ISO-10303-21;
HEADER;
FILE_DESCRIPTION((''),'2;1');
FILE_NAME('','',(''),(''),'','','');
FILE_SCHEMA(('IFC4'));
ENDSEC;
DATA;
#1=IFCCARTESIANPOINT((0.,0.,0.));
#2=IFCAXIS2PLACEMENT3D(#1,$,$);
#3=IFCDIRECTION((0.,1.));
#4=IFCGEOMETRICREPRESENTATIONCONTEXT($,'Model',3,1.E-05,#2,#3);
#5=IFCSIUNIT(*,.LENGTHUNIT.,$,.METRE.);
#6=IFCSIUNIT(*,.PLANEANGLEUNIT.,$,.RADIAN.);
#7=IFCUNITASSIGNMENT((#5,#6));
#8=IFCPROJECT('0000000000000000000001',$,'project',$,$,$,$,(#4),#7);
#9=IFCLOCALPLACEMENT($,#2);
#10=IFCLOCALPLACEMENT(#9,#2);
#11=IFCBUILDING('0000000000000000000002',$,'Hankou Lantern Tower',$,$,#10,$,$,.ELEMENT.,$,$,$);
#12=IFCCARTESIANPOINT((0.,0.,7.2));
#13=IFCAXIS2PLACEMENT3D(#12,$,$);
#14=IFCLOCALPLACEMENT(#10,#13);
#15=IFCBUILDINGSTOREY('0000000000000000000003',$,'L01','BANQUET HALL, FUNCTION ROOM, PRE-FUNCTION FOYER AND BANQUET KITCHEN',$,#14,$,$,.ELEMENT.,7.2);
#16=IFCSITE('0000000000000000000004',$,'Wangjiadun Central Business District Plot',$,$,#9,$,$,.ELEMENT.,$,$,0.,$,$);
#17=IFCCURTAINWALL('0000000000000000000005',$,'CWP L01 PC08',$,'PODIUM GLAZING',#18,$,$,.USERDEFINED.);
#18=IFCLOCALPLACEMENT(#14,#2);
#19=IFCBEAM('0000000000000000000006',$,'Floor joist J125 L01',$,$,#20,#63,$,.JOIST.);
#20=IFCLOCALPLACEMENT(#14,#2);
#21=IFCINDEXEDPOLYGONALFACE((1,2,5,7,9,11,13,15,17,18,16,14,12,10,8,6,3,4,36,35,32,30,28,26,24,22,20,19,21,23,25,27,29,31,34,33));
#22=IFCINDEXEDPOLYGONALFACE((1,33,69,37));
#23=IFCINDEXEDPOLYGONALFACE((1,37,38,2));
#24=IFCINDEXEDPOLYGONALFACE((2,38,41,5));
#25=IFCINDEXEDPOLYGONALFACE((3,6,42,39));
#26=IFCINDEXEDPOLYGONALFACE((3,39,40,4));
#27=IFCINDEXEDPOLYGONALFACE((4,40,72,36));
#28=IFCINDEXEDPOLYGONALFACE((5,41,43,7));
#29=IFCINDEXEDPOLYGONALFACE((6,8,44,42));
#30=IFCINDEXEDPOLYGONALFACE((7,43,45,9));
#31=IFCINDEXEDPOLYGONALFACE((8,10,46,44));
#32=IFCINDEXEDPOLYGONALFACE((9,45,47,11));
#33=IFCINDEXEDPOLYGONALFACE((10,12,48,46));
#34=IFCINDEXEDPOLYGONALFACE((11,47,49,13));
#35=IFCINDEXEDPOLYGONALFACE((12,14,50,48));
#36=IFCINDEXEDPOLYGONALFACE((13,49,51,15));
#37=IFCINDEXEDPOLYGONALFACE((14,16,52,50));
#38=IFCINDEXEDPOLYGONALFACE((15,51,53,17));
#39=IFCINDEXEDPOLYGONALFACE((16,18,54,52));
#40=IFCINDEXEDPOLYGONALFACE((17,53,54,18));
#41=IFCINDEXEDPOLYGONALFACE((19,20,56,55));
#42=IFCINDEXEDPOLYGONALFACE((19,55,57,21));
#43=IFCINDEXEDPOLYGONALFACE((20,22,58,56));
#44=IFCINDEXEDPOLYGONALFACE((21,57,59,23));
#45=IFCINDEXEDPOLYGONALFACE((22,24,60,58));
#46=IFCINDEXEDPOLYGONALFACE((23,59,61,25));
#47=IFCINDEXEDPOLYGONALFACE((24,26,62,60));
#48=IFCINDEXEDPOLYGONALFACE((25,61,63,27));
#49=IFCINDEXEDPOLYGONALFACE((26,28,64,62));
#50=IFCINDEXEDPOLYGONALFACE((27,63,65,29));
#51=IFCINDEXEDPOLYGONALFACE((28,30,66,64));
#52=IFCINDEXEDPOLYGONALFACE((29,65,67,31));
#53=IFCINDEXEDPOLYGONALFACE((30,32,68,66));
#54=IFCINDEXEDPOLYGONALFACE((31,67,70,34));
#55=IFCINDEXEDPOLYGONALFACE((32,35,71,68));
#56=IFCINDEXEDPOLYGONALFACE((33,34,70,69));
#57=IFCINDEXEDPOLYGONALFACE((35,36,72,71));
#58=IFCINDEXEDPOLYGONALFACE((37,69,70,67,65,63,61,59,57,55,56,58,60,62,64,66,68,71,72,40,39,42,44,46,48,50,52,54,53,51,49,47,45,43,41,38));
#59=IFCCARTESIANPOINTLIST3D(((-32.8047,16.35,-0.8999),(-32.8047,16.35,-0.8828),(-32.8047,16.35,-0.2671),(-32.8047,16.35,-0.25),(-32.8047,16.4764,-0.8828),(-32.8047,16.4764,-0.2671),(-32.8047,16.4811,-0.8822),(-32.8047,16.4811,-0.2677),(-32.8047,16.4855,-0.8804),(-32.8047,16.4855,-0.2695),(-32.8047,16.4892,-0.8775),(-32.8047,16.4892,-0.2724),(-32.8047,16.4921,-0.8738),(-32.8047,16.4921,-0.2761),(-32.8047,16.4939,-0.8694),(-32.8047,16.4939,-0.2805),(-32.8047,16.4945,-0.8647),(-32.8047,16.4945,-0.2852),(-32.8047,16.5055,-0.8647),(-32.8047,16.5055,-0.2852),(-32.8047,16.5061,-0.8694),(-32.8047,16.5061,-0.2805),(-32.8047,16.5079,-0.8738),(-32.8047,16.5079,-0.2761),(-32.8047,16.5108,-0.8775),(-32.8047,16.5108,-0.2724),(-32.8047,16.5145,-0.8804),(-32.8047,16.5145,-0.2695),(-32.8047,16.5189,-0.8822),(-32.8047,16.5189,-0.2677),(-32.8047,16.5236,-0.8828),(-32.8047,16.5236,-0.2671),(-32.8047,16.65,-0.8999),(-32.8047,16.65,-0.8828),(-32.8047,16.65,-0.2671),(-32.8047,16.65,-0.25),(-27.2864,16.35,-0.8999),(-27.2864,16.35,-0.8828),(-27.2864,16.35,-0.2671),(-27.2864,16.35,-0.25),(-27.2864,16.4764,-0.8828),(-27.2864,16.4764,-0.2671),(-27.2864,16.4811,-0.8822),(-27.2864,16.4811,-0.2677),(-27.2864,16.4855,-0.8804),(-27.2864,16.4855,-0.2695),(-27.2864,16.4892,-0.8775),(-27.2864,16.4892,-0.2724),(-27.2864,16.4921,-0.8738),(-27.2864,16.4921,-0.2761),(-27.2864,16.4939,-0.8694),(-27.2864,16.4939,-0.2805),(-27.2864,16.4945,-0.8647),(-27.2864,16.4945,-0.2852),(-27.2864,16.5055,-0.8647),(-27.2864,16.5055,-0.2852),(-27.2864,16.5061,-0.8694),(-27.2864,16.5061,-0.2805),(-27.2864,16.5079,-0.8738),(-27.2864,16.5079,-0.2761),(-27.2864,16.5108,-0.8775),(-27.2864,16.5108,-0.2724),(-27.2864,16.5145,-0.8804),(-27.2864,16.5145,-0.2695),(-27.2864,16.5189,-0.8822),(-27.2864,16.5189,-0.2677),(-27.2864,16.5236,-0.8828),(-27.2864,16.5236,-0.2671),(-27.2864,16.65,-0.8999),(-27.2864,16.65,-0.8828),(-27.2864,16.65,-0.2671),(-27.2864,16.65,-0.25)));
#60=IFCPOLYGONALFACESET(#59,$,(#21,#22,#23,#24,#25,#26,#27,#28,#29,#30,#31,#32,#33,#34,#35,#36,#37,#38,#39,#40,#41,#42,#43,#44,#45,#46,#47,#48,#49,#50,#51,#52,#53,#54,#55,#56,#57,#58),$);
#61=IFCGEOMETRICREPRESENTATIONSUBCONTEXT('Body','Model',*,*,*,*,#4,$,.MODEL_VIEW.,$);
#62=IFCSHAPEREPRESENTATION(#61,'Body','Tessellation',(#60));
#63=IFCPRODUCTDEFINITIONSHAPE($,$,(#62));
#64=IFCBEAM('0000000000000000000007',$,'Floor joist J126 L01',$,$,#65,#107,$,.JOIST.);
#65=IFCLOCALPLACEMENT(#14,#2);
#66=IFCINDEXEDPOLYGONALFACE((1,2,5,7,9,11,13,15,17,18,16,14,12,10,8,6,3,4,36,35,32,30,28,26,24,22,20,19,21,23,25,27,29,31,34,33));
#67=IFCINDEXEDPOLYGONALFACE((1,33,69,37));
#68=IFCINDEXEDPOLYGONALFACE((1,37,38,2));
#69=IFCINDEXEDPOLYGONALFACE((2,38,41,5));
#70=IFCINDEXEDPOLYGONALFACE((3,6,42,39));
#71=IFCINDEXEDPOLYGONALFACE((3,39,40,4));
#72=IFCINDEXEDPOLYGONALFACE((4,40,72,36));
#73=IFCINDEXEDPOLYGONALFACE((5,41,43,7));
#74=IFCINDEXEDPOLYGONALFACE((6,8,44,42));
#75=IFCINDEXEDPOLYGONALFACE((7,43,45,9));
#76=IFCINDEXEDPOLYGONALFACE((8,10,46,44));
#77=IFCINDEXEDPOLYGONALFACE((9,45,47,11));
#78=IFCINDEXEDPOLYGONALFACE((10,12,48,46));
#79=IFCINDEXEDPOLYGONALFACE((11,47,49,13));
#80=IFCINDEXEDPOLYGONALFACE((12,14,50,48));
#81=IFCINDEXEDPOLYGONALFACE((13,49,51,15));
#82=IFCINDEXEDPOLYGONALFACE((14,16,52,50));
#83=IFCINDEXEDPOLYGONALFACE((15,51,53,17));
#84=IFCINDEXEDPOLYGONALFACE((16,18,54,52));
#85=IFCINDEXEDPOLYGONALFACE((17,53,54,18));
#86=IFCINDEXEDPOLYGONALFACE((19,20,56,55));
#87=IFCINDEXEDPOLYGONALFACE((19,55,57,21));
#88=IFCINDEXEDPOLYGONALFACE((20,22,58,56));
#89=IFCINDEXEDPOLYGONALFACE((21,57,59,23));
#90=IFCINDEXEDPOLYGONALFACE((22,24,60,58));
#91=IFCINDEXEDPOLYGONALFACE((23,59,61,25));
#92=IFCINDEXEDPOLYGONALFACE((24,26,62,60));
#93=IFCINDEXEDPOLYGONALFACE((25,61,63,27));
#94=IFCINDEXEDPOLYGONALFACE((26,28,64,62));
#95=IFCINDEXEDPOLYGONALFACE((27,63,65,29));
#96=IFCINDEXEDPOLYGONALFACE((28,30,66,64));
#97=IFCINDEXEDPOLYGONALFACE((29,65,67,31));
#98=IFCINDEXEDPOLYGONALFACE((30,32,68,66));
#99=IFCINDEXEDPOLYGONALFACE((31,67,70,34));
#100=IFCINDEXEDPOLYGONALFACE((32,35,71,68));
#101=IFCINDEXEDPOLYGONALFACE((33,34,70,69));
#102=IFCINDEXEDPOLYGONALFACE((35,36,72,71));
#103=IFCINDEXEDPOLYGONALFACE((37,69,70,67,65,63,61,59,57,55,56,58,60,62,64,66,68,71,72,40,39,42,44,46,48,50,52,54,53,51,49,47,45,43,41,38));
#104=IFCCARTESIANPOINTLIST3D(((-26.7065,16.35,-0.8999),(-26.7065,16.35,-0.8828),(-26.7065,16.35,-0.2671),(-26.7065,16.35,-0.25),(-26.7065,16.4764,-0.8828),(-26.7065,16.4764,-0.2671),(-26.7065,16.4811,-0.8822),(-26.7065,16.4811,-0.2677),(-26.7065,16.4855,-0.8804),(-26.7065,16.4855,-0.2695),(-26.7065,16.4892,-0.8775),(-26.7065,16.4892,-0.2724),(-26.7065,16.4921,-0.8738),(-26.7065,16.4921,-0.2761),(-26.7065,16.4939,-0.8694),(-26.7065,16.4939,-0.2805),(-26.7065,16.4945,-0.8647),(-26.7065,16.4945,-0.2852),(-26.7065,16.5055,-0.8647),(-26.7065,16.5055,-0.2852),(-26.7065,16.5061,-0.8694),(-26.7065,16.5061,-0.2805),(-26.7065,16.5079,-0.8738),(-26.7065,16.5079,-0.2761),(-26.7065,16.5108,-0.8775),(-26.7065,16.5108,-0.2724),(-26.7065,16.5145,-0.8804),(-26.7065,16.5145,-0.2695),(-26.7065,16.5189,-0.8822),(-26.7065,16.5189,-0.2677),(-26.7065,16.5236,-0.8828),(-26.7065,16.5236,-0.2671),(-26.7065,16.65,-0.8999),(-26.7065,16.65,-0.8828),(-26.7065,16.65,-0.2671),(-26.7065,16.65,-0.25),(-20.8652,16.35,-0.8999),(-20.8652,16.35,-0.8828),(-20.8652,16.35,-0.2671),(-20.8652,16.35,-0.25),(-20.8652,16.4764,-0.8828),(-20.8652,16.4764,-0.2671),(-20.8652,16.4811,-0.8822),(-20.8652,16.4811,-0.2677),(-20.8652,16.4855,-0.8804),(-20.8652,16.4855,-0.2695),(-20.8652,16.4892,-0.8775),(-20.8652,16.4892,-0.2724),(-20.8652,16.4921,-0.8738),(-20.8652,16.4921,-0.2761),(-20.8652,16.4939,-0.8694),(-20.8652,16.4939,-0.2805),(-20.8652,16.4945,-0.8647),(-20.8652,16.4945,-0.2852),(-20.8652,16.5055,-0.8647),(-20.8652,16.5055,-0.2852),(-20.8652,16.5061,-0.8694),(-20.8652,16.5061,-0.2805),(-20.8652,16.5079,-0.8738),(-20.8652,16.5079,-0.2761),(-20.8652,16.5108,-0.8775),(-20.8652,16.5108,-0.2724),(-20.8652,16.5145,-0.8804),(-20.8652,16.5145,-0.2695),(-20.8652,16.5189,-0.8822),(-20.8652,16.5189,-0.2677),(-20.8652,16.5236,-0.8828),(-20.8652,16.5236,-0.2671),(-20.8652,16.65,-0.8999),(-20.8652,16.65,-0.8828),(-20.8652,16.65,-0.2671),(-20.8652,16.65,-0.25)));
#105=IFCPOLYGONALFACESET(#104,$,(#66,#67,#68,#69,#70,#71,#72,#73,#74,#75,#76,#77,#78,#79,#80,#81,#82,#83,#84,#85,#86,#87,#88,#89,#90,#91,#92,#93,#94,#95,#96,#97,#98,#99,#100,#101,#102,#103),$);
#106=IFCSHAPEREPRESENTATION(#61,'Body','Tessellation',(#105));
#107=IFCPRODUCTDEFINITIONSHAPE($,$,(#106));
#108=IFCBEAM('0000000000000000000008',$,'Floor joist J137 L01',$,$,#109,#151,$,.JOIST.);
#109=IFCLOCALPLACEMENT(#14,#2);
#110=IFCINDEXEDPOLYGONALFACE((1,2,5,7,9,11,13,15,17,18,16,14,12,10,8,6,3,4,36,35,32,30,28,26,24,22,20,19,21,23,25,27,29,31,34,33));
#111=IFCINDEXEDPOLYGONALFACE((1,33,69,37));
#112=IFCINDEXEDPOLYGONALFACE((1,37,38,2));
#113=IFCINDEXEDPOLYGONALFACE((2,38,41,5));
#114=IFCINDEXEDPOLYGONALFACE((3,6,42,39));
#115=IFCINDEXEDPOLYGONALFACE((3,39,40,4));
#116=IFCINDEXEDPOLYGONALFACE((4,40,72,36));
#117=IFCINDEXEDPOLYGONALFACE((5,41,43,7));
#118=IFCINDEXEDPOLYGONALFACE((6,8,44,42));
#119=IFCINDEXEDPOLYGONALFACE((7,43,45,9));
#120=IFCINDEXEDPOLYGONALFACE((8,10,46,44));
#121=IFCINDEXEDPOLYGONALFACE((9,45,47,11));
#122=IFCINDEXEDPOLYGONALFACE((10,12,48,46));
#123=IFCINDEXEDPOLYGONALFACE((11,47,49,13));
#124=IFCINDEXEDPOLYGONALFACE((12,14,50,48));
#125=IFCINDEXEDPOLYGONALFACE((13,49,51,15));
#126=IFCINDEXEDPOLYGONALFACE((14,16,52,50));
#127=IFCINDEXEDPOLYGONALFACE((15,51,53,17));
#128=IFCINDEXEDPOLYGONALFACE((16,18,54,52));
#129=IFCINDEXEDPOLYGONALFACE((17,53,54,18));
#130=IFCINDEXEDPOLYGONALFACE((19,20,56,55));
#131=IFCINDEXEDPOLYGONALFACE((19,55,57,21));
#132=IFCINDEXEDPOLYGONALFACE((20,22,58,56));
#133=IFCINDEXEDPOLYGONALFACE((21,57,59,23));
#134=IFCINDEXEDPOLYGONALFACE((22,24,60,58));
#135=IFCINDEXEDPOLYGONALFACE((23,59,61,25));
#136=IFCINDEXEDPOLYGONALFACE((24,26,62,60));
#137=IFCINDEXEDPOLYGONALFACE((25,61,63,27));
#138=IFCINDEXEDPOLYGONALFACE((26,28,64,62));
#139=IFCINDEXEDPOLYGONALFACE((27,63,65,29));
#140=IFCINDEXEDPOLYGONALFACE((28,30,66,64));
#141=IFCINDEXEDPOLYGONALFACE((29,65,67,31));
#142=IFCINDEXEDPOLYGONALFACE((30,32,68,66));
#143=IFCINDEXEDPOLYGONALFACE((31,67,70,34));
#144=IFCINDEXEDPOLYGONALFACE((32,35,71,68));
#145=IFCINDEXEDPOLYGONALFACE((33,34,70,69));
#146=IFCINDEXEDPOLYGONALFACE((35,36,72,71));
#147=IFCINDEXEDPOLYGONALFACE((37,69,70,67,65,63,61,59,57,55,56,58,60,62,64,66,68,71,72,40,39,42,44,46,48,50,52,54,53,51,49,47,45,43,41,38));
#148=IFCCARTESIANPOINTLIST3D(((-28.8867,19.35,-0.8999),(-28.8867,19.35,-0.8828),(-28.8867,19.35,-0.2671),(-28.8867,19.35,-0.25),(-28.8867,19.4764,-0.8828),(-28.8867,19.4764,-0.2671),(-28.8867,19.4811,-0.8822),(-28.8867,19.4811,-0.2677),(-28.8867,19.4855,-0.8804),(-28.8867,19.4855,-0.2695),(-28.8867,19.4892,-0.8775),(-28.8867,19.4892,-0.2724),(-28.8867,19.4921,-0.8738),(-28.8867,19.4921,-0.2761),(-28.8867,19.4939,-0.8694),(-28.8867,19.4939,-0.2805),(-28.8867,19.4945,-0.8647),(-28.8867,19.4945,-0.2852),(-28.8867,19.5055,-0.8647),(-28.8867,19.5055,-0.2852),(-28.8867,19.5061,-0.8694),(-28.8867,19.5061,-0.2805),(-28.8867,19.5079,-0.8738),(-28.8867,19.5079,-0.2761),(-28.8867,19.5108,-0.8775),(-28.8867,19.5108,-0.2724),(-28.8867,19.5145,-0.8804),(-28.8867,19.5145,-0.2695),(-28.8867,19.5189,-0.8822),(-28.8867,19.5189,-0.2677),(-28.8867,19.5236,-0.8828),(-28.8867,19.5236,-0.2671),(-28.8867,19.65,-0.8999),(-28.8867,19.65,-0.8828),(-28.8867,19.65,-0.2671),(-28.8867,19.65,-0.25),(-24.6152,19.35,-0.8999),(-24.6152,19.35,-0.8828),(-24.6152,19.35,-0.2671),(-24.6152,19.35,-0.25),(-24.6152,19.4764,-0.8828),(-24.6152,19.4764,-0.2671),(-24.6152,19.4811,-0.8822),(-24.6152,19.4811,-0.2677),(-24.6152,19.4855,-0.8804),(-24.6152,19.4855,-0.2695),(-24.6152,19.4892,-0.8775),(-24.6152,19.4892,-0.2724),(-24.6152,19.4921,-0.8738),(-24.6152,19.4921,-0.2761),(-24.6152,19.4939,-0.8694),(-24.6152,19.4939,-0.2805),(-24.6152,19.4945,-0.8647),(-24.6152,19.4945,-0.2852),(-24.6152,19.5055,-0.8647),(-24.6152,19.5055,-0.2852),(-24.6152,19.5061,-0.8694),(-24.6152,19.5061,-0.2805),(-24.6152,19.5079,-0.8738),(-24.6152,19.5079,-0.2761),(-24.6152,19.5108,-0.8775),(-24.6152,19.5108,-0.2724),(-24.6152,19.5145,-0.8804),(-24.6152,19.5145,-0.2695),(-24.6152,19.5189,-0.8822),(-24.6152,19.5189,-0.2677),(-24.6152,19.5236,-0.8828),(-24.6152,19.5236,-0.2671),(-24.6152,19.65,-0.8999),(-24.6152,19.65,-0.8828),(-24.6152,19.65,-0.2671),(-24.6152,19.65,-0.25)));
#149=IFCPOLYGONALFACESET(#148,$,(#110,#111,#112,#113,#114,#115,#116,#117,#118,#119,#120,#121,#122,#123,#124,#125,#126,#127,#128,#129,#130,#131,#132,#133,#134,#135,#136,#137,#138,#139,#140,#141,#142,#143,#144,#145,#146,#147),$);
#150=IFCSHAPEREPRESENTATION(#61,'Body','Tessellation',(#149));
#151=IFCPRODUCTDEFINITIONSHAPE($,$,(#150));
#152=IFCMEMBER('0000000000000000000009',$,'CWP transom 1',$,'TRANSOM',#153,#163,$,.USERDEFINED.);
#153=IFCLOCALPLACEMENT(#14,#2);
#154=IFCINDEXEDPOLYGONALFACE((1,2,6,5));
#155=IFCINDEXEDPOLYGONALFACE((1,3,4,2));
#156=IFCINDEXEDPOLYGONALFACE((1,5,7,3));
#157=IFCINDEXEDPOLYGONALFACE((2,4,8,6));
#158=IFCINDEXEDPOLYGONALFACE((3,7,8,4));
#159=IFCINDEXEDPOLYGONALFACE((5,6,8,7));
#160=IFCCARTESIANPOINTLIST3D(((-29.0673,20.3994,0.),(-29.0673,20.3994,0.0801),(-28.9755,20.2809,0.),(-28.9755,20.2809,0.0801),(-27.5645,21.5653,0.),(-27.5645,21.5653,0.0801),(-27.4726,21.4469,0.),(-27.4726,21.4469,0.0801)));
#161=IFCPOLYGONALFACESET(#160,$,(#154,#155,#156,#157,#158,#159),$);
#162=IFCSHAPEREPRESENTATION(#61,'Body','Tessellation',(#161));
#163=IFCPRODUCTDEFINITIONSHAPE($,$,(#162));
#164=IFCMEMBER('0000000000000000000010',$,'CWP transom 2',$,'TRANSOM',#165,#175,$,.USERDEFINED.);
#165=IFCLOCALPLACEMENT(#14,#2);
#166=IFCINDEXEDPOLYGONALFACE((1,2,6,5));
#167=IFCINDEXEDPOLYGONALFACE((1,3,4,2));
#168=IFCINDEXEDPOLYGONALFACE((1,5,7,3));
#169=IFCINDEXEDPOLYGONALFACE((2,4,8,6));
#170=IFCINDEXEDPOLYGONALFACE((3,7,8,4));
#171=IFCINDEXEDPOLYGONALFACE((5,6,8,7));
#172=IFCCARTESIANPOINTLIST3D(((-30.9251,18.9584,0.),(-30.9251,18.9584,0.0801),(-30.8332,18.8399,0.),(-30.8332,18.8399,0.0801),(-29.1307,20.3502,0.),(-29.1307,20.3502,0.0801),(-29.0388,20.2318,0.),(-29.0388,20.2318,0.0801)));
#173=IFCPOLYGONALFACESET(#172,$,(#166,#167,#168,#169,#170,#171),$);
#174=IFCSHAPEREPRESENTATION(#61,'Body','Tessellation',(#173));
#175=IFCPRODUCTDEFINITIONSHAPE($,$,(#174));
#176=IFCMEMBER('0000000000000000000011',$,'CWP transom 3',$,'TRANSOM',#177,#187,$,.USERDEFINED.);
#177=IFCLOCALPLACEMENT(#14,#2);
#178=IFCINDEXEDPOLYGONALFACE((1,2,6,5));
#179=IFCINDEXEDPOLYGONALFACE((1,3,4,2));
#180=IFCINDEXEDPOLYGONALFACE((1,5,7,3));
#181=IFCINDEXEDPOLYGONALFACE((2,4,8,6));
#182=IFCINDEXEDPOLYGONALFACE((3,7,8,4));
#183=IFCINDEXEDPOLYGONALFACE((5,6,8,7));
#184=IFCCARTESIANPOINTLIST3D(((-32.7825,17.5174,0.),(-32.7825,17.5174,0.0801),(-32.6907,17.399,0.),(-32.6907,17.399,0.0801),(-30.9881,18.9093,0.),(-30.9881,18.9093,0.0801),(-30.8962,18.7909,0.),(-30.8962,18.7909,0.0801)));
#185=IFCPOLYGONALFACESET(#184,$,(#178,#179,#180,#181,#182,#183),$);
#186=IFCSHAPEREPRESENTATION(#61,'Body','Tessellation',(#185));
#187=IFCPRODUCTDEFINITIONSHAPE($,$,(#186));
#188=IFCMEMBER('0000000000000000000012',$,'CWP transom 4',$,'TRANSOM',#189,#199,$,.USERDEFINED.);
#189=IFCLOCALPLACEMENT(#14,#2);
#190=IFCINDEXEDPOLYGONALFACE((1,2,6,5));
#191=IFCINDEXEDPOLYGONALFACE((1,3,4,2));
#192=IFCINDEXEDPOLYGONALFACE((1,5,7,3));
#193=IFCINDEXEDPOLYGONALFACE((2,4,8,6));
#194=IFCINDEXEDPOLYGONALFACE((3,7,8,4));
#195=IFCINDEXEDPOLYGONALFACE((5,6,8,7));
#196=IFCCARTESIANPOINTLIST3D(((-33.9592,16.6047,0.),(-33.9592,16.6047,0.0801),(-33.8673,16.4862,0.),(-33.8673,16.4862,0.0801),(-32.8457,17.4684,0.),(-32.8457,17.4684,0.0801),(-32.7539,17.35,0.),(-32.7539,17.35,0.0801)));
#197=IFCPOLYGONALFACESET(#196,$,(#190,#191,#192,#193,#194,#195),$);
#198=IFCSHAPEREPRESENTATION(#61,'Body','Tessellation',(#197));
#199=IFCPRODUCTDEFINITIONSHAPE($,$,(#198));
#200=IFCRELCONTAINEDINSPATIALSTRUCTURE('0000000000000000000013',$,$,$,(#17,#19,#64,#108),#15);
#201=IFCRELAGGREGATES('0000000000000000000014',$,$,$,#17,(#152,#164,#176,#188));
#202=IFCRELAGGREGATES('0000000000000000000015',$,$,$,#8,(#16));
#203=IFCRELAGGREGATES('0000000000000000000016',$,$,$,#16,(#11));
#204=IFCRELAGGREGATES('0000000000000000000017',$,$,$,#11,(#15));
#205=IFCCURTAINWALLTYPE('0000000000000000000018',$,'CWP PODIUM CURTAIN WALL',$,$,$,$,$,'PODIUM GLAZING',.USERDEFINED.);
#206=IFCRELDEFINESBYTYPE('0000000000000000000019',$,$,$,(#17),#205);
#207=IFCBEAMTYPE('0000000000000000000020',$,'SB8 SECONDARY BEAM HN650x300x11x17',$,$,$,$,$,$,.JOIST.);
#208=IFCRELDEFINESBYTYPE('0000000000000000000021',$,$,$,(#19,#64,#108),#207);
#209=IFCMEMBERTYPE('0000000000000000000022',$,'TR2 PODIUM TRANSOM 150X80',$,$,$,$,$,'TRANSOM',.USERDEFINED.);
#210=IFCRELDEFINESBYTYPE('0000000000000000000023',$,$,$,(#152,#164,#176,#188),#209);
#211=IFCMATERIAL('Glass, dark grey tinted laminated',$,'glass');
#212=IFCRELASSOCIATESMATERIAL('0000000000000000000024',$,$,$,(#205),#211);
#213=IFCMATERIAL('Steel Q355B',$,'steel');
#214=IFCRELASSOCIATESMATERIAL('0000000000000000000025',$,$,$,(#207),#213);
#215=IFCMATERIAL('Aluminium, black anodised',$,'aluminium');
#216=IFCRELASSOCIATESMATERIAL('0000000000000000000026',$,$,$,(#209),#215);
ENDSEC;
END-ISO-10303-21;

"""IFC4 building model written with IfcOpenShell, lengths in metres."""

from ifc_helpers import new_model, si_unit, direction, frame, origin, origin_2d, place, context, subcontext, project, spatial, rectangle, i_section, extrude, material, material_profile, profile_set, type_object, element, aggregate, save


model = new_model("IFC4")

# Units and contexts
model_context = context("Model", 3, precision=1e-05, world=origin(), true_north=direction((0.0, 1.0)))
body_context = subcontext(model_context, "Body", "Model", "MODEL_VIEW")
ifc_project = project(units=[si_unit("LENGTHUNIT", "METRE"), si_unit("PLANEANGLEUNIT", "RADIAN")], contexts=[model_context])

# Site, building, storey
site_placement = place(None, origin())
site = spatial("IfcSite", under=ifc_project, at=site_placement, Name="Wangjiadun Central Business District Plot", CompositionType="ELEMENT", RefElevation=0.0)
building_placement = place(site_placement, origin())
building = spatial("IfcBuilding", under=site, at=building_placement, Name="Hankou Lantern Tower", CompositionType="ELEMENT")
storey_placement = place(building_placement, frame((0.0, 0.0, 7.2)))
storey = spatial("IfcBuildingStorey", under=building, at=storey_placement, Name="L01", Description="BANQUET HALL, FUNCTION ROOM, PRE-FUNCTION FOYER AND BANQUET KITCHEN", CompositionType="ELEMENT", Elevation=7.2)

# Curtain wall
ifc_material_1 = material(Name="Glass, dark grey tinted laminated", Category="glass")
curtain_wall_type = type_object("IfcCurtainWallType", Name="CWP PODIUM CURTAIN WALL", ElementType="PODIUM GLAZING", PredefinedType="USERDEFINED", material=ifc_material_1)
curtain_wall_placement = place(storey_placement, origin())
curtain_wall = element("IfcCurtainWall", 1, at=curtain_wall_placement, inside=storey, type_object=curtain_wall_type, Name="CWP L01 PC08", ObjectType="PODIUM GLAZING", PredefinedType="USERDEFINED")

# Beams
ifc_material_2 = material(Name="Steel Q355B", Category="steel")
ifc_material_profile_1 = material_profile(ifc_material_2, i_section(OverallWidth=0.3, OverallDepth=0.6499, WebThickness=0.011, FlangeThickness=0.0171, FilletRadius=0.0181, at=origin_2d()), Name="HN650x300x11x17")
ifc_profile_set_1 = profile_set([ifc_material_profile_1], Name="Steel Q355B")
beam_type_1 = type_object("IfcBeamType", Name="SB8 SECONDARY BEAM HN650x300x11x17", PredefinedType="JOIST", material=ifc_profile_set_1)
beam_1_placement = place(storey_placement, frame((-32.8047, 16.5, -0.575), z_axis=(1.0, 0.0, 0.0), x_axis=(0.0, 1.0, 0.0)))
element("IfcBeam", 2, at=beam_1_placement, inside=storey, type_object=beam_type_1, Name="Floor joist J125 L01", PredefinedType="JOIST", context=body_context, shape_type="SweptSolid", body=[
    extrude(i_section(OverallWidth=0.3, OverallDepth=0.6499, WebThickness=0.011, FlangeThickness=0.0171, FilletRadius=0.0181, at=origin_2d()), origin(), (0.0, 0.0, 1.0), 5.5183),
])
beam_2_placement = place(storey_placement, frame((-26.7065, 16.5, -0.575), z_axis=(1.0, 0.0, 0.0), x_axis=(0.0, 1.0, 0.0)))
element("IfcBeam", 3, at=beam_2_placement, inside=storey, type_object=beam_type_1, Name="Floor joist J126 L01", PredefinedType="JOIST", context=body_context, shape_type="SweptSolid", body=[
    extrude(i_section(OverallWidth=0.3, OverallDepth=0.6499, WebThickness=0.011, FlangeThickness=0.0171, FilletRadius=0.0181, at=origin_2d()), origin(), (0.0, 0.0, 1.0), 5.8413),
])
beam_3_placement = place(storey_placement, frame((-28.8867, 19.5, -0.575), z_axis=(1.0, 0.0, 0.0), x_axis=(0.0, 1.0, 0.0)))
element("IfcBeam", 4, at=beam_3_placement, inside=storey, type_object=beam_type_1, Name="Floor joist J137 L01", PredefinedType="JOIST", context=body_context, shape_type="SweptSolid", body=[
    extrude(i_section(OverallWidth=0.3, OverallDepth=0.6499, WebThickness=0.011, FlangeThickness=0.0171, FilletRadius=0.0181, at=origin_2d()), origin(), (0.0, 0.0, 1.0), 4.2715),
])

# Members
ifc_material_3 = material(Name="Aluminium, black anodised", Category="aluminium")
ifc_material_profile_2 = material_profile(ifc_material_3, rectangle(XDim=0.1499, YDim=0.0801, at=origin_2d()), Name="TR2 150X80")
ifc_profile_set_2 = profile_set([ifc_material_profile_2], Name="Aluminium, black anodised")
member_type_1 = type_object("IfcMemberType", Name="TR2 PODIUM TRANSOM 150X80", ElementType="TRANSOM", PredefinedType="USERDEFINED", material=ifc_profile_set_2)
member_1_placement = place(storey_placement, frame((-27.5186, 21.5061, 0.04), z_axis=(-0.790098, -0.612981, 0.0), x_axis=(0.612981, -0.790098, 0.0)))
member_1 = element("IfcMember", 5, at=member_1_placement, type_object=member_type_1, Name="CWP transom 1", ObjectType="TRANSOM", PredefinedType="USERDEFINED", context=body_context, shape_type="SweptSolid", body=[
    extrude(rectangle(XDim=0.1499, YDim=0.0801, at=origin_2d()), origin(), (0.0, 0.0, 1.0), 1.9021),
])
member_2_placement = place(storey_placement, frame((-29.0847, 20.291, 0.04), z_axis=(-0.790168, -0.612891, 0.0), x_axis=(0.612891, -0.790168, 0.0)))
member_2 = element("IfcMember", 6, at=member_2_placement, type_object=member_type_1, Name="CWP transom 2", ObjectType="TRANSOM", PredefinedType="USERDEFINED", context=body_context, shape_type="SweptSolid", body=[
    extrude(rectangle(XDim=0.1499, YDim=0.0801, at=origin_2d()), origin(), (0.0, 0.0, 1.0), 2.271),
])
member_3_placement = place(storey_placement, frame((-30.9421, 18.8501, 0.04), z_axis=(-0.790168, -0.612891, 0.0), x_axis=(0.612891, -0.790168, 0.0)))
member_3 = element("IfcMember", 7, at=member_3_placement, type_object=member_type_1, Name="CWP transom 3", ObjectType="TRANSOM", PredefinedType="USERDEFINED", context=body_context, shape_type="SweptSolid", body=[
    extrude(rectangle(XDim=0.1499, YDim=0.0801, at=origin_2d()), origin(), (0.0, 0.0, 1.0), 2.271),
])
member_4_placement = place(storey_placement, frame((-32.7998, 17.4092, 0.04), z_axis=(-0.790144, -0.612921, 0.0), x_axis=(0.612921, -0.790144, 0.0)))
member_4 = element("IfcMember", 8, at=member_4_placement, type_object=member_type_1, Name="CWP transom 4", ObjectType="TRANSOM", PredefinedType="USERDEFINED", context=body_context, shape_type="SweptSolid", body=[
    extrude(rectangle(XDim=0.1499, YDim=0.0801, at=origin_2d()), origin(), (0.0, 0.0, 1.0), 1.4092),
])

aggregate(curtain_wall, [member_1, member_2, member_3, member_4])

save(model, "model.ifc")
